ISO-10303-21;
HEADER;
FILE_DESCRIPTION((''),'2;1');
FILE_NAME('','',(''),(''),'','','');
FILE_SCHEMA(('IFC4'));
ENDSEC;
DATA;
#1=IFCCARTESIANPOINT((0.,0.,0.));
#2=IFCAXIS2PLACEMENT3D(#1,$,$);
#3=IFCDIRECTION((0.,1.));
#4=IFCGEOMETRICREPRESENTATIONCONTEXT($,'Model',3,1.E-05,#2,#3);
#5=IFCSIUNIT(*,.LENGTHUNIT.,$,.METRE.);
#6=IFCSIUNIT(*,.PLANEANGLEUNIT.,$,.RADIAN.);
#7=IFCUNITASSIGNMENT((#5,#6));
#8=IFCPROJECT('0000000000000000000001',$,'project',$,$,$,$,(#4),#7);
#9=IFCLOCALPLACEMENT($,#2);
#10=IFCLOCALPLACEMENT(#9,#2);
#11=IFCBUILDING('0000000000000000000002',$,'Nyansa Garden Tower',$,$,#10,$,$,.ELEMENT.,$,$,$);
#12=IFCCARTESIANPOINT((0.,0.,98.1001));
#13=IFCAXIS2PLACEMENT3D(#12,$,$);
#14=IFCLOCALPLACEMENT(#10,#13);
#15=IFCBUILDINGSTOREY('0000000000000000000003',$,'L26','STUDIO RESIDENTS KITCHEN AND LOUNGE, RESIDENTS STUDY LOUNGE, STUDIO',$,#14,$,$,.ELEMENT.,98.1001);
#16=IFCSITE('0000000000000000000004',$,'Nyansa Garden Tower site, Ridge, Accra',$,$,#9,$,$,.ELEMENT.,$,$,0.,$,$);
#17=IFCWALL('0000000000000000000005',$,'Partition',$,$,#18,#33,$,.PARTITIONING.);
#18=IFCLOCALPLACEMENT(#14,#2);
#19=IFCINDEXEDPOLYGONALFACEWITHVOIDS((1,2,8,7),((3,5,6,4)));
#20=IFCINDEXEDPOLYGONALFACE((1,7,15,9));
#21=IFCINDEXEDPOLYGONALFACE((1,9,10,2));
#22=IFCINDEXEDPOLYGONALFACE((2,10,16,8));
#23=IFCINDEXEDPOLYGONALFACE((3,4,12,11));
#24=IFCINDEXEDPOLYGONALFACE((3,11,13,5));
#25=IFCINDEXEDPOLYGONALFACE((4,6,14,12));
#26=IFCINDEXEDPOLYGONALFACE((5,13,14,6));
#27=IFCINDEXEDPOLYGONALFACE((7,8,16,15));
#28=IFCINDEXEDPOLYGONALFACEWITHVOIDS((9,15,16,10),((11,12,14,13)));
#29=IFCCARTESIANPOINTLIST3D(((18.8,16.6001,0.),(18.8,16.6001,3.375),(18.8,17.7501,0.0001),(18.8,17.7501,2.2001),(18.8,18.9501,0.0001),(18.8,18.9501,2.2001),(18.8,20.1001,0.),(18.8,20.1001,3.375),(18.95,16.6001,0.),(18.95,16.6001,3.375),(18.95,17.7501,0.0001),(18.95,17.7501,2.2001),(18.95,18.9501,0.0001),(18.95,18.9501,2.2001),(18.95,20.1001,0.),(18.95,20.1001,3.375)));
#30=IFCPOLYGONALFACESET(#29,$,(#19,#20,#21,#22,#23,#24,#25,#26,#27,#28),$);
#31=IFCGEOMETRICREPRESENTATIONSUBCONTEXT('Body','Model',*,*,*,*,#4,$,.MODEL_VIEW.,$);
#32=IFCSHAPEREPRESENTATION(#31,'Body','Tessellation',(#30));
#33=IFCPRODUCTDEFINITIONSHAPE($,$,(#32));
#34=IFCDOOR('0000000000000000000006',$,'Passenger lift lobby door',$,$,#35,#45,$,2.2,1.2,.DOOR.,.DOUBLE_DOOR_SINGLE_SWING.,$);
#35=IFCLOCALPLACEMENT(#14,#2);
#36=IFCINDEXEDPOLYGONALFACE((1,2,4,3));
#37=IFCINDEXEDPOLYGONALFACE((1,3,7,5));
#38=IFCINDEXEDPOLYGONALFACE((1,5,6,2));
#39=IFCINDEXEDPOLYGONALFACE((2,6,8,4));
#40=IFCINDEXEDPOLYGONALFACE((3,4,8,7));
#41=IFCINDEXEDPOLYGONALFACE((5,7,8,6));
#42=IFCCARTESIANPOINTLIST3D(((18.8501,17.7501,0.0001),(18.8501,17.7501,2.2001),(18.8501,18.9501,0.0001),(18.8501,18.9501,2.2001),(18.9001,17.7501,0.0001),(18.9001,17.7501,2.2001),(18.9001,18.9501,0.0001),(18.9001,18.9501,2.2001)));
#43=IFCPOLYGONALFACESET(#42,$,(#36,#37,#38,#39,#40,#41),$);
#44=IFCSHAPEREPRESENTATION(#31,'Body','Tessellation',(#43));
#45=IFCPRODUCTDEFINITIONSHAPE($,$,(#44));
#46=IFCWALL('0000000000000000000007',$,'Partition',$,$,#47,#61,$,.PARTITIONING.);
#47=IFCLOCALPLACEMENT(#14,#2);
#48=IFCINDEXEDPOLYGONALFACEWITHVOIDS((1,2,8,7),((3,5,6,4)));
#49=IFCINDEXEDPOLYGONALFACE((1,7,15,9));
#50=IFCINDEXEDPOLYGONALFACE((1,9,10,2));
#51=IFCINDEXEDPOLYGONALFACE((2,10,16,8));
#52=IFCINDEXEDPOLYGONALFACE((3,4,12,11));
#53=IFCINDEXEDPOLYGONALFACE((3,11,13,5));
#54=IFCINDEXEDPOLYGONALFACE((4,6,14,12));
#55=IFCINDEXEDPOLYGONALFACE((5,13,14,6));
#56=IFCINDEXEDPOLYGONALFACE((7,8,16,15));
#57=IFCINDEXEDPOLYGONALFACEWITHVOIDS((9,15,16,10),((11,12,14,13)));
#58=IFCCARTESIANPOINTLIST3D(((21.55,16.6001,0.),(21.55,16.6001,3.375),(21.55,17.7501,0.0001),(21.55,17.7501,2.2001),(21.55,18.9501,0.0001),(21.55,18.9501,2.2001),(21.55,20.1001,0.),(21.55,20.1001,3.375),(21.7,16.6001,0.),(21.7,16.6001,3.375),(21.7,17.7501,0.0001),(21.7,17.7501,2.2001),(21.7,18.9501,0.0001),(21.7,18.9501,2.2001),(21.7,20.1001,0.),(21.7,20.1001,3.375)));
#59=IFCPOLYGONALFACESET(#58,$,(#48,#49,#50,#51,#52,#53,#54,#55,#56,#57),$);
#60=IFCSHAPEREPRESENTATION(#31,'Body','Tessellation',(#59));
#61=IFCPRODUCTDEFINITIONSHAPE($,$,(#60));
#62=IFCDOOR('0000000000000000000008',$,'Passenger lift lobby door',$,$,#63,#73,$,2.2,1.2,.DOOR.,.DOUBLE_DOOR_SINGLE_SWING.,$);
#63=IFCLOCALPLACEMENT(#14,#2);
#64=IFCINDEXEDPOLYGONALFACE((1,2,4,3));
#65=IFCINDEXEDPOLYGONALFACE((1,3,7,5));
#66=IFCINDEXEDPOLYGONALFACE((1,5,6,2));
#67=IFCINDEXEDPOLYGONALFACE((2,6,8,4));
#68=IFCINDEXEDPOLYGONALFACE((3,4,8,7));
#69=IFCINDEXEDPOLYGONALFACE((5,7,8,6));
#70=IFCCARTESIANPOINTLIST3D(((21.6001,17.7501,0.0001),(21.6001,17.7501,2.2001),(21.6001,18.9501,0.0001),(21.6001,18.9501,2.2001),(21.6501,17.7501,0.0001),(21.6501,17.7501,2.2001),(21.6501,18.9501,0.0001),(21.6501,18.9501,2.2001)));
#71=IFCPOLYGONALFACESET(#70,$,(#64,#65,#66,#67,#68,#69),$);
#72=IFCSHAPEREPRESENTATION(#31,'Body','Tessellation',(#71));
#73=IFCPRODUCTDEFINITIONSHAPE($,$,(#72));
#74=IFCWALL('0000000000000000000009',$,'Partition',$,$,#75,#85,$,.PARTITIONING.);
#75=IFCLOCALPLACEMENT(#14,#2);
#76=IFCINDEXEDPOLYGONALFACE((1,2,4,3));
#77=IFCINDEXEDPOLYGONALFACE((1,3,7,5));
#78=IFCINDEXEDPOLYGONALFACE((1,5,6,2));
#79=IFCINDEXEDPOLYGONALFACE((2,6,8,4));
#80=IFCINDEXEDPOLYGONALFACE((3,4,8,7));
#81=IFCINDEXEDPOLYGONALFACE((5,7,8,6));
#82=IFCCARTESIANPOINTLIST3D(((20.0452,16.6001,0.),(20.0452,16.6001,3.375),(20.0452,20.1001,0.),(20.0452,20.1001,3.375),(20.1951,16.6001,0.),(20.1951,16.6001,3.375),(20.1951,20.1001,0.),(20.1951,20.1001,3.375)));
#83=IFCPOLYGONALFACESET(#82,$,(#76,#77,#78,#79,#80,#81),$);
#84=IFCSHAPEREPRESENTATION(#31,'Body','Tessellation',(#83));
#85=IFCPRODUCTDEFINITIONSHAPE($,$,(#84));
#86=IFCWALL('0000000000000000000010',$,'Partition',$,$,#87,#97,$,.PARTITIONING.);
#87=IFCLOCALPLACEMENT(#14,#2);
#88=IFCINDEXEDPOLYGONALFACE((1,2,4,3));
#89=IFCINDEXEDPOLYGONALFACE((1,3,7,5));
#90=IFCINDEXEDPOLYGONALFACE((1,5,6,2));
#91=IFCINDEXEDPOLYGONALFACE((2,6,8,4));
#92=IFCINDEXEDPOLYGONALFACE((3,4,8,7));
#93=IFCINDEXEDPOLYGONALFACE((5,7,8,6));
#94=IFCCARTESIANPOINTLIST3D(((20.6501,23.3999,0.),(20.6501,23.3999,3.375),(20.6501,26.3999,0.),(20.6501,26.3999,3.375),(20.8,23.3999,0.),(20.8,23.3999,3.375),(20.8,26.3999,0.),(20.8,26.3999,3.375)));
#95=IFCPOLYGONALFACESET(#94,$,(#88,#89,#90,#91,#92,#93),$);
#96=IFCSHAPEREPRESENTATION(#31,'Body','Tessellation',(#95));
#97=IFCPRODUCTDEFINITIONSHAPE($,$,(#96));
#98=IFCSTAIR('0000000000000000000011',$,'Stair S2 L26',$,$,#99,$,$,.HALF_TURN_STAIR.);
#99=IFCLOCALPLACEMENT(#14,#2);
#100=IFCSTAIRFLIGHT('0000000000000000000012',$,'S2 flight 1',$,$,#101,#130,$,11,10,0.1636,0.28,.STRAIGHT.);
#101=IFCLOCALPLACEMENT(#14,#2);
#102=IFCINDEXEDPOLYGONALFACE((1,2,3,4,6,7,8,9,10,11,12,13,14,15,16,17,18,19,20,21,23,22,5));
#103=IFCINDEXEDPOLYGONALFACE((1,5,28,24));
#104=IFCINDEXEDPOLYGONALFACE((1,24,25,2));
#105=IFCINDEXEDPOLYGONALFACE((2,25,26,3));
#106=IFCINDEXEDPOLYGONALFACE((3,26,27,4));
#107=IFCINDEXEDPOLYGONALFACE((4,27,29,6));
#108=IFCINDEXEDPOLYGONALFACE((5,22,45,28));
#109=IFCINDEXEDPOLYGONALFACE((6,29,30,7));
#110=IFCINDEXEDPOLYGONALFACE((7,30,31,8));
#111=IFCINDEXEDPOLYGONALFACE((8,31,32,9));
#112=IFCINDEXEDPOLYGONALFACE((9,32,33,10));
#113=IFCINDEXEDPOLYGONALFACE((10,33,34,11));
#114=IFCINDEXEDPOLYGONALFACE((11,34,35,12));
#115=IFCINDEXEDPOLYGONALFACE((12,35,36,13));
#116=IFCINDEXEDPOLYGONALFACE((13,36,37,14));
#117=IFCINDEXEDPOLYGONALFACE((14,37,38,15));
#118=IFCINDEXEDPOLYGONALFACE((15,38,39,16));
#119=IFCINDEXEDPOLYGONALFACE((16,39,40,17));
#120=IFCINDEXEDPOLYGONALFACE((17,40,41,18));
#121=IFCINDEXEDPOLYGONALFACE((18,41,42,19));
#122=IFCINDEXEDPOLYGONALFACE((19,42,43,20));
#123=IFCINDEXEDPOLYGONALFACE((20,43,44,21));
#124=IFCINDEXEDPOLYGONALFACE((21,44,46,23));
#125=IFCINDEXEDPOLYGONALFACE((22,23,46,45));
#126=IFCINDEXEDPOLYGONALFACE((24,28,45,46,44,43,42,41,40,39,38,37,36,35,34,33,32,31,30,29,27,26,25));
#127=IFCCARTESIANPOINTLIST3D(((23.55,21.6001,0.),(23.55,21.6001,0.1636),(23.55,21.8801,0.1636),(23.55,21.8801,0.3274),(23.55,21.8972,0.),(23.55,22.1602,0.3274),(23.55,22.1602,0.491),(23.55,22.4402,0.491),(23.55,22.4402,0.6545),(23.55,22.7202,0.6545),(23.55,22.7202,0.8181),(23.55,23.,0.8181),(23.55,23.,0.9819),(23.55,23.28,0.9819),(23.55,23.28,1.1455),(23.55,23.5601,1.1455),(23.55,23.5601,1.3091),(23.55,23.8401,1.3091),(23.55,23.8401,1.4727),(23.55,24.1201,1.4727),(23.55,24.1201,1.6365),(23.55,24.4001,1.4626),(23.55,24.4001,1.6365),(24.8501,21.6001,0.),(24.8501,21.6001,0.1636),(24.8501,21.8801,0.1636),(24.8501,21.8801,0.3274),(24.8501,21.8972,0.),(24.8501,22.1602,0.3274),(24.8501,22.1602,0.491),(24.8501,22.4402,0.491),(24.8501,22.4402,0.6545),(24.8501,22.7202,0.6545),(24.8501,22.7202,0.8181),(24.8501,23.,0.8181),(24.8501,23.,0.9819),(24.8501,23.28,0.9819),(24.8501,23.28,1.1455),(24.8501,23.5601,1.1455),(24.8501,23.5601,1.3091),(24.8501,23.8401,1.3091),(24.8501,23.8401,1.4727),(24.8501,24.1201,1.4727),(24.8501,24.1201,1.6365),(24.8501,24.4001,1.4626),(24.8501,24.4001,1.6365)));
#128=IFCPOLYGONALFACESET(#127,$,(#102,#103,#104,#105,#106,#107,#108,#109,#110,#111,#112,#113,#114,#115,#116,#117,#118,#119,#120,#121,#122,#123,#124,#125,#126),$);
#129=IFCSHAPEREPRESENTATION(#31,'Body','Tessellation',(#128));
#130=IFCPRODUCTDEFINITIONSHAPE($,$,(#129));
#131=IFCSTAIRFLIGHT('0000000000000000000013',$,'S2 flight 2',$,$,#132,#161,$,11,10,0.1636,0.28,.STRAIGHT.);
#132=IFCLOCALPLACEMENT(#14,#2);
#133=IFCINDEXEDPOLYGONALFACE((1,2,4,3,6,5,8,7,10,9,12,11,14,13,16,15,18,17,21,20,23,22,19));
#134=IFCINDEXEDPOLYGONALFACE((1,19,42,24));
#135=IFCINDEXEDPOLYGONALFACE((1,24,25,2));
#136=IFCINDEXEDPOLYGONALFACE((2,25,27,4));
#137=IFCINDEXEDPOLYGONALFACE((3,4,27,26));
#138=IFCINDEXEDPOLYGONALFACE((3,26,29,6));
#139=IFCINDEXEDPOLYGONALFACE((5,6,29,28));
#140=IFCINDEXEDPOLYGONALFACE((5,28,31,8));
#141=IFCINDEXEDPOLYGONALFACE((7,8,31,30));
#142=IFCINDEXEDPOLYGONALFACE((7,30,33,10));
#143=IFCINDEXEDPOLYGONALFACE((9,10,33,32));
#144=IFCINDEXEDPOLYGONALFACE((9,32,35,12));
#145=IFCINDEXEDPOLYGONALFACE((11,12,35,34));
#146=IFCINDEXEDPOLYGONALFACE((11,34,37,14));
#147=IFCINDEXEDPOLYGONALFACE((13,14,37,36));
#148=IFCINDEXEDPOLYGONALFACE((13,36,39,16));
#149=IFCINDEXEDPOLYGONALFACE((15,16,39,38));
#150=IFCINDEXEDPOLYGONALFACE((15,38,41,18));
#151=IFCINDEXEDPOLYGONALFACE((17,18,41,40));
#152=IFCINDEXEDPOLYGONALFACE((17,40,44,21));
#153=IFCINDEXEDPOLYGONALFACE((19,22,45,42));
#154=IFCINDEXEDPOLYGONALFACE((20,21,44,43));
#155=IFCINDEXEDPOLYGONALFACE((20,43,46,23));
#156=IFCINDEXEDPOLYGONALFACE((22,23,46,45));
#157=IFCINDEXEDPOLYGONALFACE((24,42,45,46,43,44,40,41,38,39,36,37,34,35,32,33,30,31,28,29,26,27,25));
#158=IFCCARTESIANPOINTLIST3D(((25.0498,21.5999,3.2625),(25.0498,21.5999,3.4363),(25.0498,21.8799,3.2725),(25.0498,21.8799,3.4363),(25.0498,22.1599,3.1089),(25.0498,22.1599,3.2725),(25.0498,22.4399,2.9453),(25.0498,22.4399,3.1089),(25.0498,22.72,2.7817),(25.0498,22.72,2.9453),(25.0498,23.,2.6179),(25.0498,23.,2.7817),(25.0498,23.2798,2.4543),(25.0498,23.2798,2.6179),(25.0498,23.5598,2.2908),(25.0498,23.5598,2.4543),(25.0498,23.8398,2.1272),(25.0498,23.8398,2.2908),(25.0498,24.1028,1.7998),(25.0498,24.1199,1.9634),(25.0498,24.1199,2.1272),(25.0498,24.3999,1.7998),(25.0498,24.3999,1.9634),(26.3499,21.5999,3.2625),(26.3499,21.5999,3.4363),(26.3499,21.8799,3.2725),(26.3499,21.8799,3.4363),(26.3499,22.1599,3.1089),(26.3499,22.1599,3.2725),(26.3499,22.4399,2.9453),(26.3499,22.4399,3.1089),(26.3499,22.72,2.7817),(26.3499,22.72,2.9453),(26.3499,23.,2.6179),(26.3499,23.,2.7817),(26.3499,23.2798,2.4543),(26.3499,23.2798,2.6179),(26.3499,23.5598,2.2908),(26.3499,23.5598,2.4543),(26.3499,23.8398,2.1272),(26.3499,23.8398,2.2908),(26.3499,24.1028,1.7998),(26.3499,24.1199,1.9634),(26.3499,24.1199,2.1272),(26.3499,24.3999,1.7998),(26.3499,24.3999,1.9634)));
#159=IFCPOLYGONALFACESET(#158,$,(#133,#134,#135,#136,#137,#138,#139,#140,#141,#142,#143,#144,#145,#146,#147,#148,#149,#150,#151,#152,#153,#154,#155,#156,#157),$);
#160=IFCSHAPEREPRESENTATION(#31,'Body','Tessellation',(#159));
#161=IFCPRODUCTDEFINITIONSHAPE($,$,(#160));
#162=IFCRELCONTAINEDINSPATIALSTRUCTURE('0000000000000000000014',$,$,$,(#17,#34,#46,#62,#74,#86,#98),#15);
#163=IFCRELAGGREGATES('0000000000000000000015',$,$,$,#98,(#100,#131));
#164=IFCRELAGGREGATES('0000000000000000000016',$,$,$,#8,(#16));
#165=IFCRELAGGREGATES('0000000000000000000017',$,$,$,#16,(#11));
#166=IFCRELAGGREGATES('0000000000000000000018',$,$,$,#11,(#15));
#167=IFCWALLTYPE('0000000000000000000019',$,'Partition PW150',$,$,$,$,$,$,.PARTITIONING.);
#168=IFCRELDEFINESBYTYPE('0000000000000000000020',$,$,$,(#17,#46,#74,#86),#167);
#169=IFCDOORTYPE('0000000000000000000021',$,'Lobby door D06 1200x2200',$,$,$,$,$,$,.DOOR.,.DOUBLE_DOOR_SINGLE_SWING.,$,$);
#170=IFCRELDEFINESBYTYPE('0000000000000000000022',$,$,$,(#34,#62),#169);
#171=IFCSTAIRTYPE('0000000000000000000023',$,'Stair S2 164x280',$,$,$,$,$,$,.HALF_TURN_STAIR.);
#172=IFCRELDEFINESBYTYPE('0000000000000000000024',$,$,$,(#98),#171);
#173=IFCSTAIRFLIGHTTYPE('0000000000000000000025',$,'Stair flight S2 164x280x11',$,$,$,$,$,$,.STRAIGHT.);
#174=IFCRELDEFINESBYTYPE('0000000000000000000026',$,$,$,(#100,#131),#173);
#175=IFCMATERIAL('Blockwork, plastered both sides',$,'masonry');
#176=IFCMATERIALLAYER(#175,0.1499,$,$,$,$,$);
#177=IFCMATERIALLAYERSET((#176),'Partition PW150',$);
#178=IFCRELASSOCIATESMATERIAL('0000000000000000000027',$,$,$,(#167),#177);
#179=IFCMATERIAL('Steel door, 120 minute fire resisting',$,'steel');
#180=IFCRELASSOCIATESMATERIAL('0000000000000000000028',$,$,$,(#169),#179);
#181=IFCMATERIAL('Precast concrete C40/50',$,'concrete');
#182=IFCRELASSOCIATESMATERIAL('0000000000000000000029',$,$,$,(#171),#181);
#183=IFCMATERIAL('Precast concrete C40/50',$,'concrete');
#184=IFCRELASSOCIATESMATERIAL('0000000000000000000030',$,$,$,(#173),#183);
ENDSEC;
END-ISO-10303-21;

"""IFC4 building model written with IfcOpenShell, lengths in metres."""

from ifc_helpers import new_model, si_unit, direction, frame, frame_2d, origin, place, context, subcontext, project, spatial, polyline, rectangle, outline, extrude, material, layer, layer_set, type_object, element, fill, aggregate, save


model = new_model("IFC4")

# Units and contexts
model_context = context("Model", 3, precision=1e-05, world=origin(), true_north=direction((0.0, 1.0)))
body_context = subcontext(model_context, "Body", "Model", "MODEL_VIEW")
ifc_project = project(units=[si_unit("LENGTHUNIT", "METRE"), si_unit("PLANEANGLEUNIT", "RADIAN")], contexts=[model_context])

# Site, building, storey
site_placement = place(None, origin())
site = spatial("IfcSite", under=ifc_project, at=site_placement, Name="Nyansa Garden Tower site, Ridge, Accra", CompositionType="ELEMENT", RefElevation=0.0)
building_placement = place(site_placement, origin())
building = spatial("IfcBuilding", under=site, at=building_placement, Name="Nyansa Garden Tower", CompositionType="ELEMENT")
storey_placement = place(building_placement, frame((0.0, 0.0, 98.1001)))
storey = spatial("IfcBuildingStorey", under=building, at=storey_placement, Name="L26", Description="STUDIO RESIDENTS KITCHEN AND LOUNGE, RESIDENTS STUDY LOUNGE, STUDIO", CompositionType="ELEMENT", Elevation=98.1001)

# Walls, openings, doors
ifc_material_1 = material(Name="Blockwork, plastered both sides", Category="masonry")
ifc_layer_1 = layer(ifc_material_1, 0.1499)
ifc_layer_set_1 = layer_set([ifc_layer_1], Name="Partition PW150")
wall_type_1 = type_object("IfcWallType", Name="Partition PW150", PredefinedType="PARTITIONING", material=ifc_layer_set_1)
wall_1_placement = place(storey_placement, frame((18.875, 16.6001, 0.0), z_axis=(0.0, 0.0, 1.0), x_axis=(0.0, 1.0, 0.0)))
wall_1 = element("IfcWall", 1, at=wall_1_placement, inside=storey, type_object=wall_type_1, Name="Partition", PredefinedType="PARTITIONING", context=body_context, shape_type="SweptSolid", body=[
    extrude(rectangle(XDim=3.5, YDim=0.1499, at=frame_2d((1.75, 0.0))), origin(), (0.0, 0.0, 1.0), 3.375),
])
opening_1_placement = place(wall_1_placement, frame((1.1499, 0.0, 0.0)))
opening_1 = element("IfcOpeningElement", 2, at=opening_1_placement, cuts=wall_1, PredefinedType="OPENING", context=body_context, shape_type="SweptSolid", body=[
    extrude(rectangle(XDim=1.2, YDim=2.2, at=frame_2d((0.6001, 1.1001))), frame((0.0, 0.085, 0.0), z_axis=(0.0, -1.0, 0.0), x_axis=(1.0, 0.0, 0.0)), (0.0, 0.0, 1.0), 0.1699),
])
ifc_material_2 = material(Name="Steel door, 120 minute fire resisting", Category="steel")
door_type_1 = type_object("IfcDoorType", Name="Lobby door D06 1200x2200", OperationType="DOUBLE_DOOR_SINGLE_SWING", PredefinedType="DOOR", material=ifc_material_2)
door_1_placement = place(opening_1_placement, origin())
door_1 = element("IfcDoor", 3, at=door_1_placement, inside=storey, type_object=door_type_1, Name="Passenger lift lobby door", OperationType="DOUBLE_DOOR_SINGLE_SWING", OverallHeight=2.2, OverallWidth=1.2, PredefinedType="DOOR", context=body_context, shape_type="SweptSolid", body=[
    extrude(rectangle(XDim=1.2, YDim=2.2, at=frame_2d((0.6001, 1.1001))), frame((0.0, 0.0249, 0.0), z_axis=(0.0, -1.0, 0.0), x_axis=(1.0, 0.0, 0.0)), (0.0, 0.0, 1.0), 0.05),
])
fill(opening_1, door_1)
wall_2_placement = place(storey_placement, frame((21.625, 16.6001, 0.0), z_axis=(0.0, 0.0, 1.0), x_axis=(0.0, 1.0, 0.0)))
wall_2 = element("IfcWall", 4, at=wall_2_placement, inside=storey, type_object=wall_type_1, Name="Partition", PredefinedType="PARTITIONING", context=body_context, shape_type="SweptSolid", body=[
    extrude(rectangle(XDim=3.5, YDim=0.1499, at=frame_2d((1.75, 0.0))), origin(), (0.0, 0.0, 1.0), 3.375),
])
opening_2_placement = place(wall_2_placement, frame((1.1499, 0.0, 0.0)))
opening_2 = element("IfcOpeningElement", 5, at=opening_2_placement, cuts=wall_2, PredefinedType="OPENING", context=body_context, shape_type="SweptSolid", body=[
    extrude(rectangle(XDim=1.2, YDim=2.2, at=frame_2d((0.6001, 1.1001))), frame((0.0, 0.085, 0.0), z_axis=(0.0, -1.0, 0.0), x_axis=(1.0, 0.0, 0.0)), (0.0, 0.0, 1.0), 0.1699),
])
door_2_placement = place(opening_2_placement, origin())
door_2 = element("IfcDoor", 6, at=door_2_placement, inside=storey, type_object=door_type_1, Name="Passenger lift lobby door", OperationType="DOUBLE_DOOR_SINGLE_SWING", OverallHeight=2.2, OverallWidth=1.2, PredefinedType="DOOR", context=body_context, shape_type="SweptSolid", body=[
    extrude(rectangle(XDim=1.2, YDim=2.2, at=frame_2d((0.6001, 1.1001))), frame((0.0, 0.0249, 0.0), z_axis=(0.0, -1.0, 0.0), x_axis=(1.0, 0.0, 0.0)), (0.0, 0.0, 1.0), 0.05),
])
fill(opening_2, door_2)

# Walls
wall_3_placement = place(storey_placement, frame((20.1201, 16.6001, 0.0), z_axis=(0.0, 0.0, 1.0), x_axis=(0.0, 1.0, 0.0)))
element("IfcWall", 7, at=wall_3_placement, inside=storey, type_object=wall_type_1, Name="Partition", PredefinedType="PARTITIONING", context=body_context, shape_type="SweptSolid", body=[
    extrude(rectangle(XDim=3.5, YDim=0.1499, at=frame_2d((1.75, 0.0))), origin(), (0.0, 0.0, 1.0), 3.375),
])
wall_4_placement = place(storey_placement, frame((20.7251, 23.3999, 0.0), z_axis=(0.0, 0.0, 1.0), x_axis=(0.0, 1.0, 0.0)))
element("IfcWall", 8, at=wall_4_placement, inside=storey, type_object=wall_type_1, Name="Partition", PredefinedType="PARTITIONING", context=body_context, shape_type="SweptSolid", body=[
    extrude(rectangle(XDim=3.0, YDim=0.1499, at=frame_2d((1.5, 0.0))), origin(), (0.0, 0.0, 1.0), 3.375),
])

# Stair, stair flights
ifc_material_3 = material(Name="Precast concrete C40/50", Category="concrete")
stair_type = type_object("IfcStairType", Name="Stair S2 164x280", PredefinedType="HALF_TURN_STAIR", material=ifc_material_3)
stair_placement = place(storey_placement, origin())
stair = element("IfcStair", 9, at=stair_placement, inside=storey, type_object=stair_type, Name="Stair S2 L26", PredefinedType="HALF_TURN_STAIR")
ifc_material_4 = material(Name="Precast concrete C40/50", Category="concrete")
stair_flight_type = type_object("IfcStairFlightType", Name="Stair flight S2 164x280x11", PredefinedType="STRAIGHT", material=ifc_material_4)
stair_flight_1_placement = place(storey_placement, frame((24.2, 21.6001, 0.0), z_axis=(0.0, 0.0, 1.0), x_axis=(0.0, 1.0, 0.0)))
stair_flight_1 = element("IfcStairFlight", 10, at=stair_flight_1_placement, type_object=stair_flight_type, Name="S2 flight 1", NumberOfRisers=11, NumberOfTreads=10, PredefinedType="STRAIGHT", RiserHeight=0.1636, TreadLength=0.28, context=body_context, shape_type="SweptSolid", body=[
    extrude(outline(polyline([(0.0, 0.0), (0.0, 0.1636), (0.28, 0.1636), (0.28, 0.3274), (0.5601, 0.3274), (0.5601, 0.491), (0.8401, 0.491), (0.8401, 0.6545), (1.1201, 0.6545), (1.1201, 0.8181), (1.3999, 0.8181), (1.3999, 0.9819), (1.6799, 0.9819), (1.6799, 1.1455), (1.96, 1.1455), (1.96, 1.3091), (2.24, 1.3091), (2.24, 1.4727), (2.52, 1.4727), (2.52, 1.6365), (2.8, 1.6365), (2.8, 1.8), (2.8, 1.4626), (0.2971, 0.0), (0.0, 0.0)])), frame((0.0, 0.6499, 0.0), z_axis=(0.0, -1.0, 0.0), x_axis=(1.0, 0.0, 0.0)), (0.0, 0.0, 1.0), 1.3),
])
stair_flight_2_placement = place(storey_placement, frame((25.7, 24.3999, 1.7998), z_axis=(0.0, 0.0, 1.0), x_axis=(0.0, -1.0, 0.0)))
stair_flight_2 = element("IfcStairFlight", 11, at=stair_flight_2_placement, type_object=stair_flight_type, Name="S2 flight 2", NumberOfRisers=11, NumberOfTreads=10, PredefinedType="STRAIGHT", RiserHeight=0.1636, TreadLength=0.28, context=body_context, shape_type="SweptSolid", body=[
    extrude(outline(polyline([(0.0, 0.0), (0.0, 0.1636), (0.28, 0.1636), (0.28, 0.3274), (0.5601, 0.3274), (0.5601, 0.491), (0.8401, 0.491), (0.8401, 0.6545), (1.1201, 0.6545), (1.1201, 0.8181), (1.3999, 0.8181), (1.3999, 0.9819), (1.6799, 0.9819), (1.6799, 1.1455), (1.96, 1.1455), (1.96, 1.3091), (2.24, 1.3091), (2.24, 1.4727), (2.52, 1.4727), (2.52, 1.6365), (2.8, 1.6365), (2.8, 1.8), (2.8, 1.4626), (0.2971, 0.0), (0.0, 0.0)])), frame((0.0, 0.6499, 0.0), z_axis=(0.0, -1.0, 0.0), x_axis=(1.0, 0.0, 0.0)), (0.0, 0.0, 1.0), 1.3),
])
aggregate(stair, [stair_flight_1, stair_flight_2])

save(model, "model.ifc")
